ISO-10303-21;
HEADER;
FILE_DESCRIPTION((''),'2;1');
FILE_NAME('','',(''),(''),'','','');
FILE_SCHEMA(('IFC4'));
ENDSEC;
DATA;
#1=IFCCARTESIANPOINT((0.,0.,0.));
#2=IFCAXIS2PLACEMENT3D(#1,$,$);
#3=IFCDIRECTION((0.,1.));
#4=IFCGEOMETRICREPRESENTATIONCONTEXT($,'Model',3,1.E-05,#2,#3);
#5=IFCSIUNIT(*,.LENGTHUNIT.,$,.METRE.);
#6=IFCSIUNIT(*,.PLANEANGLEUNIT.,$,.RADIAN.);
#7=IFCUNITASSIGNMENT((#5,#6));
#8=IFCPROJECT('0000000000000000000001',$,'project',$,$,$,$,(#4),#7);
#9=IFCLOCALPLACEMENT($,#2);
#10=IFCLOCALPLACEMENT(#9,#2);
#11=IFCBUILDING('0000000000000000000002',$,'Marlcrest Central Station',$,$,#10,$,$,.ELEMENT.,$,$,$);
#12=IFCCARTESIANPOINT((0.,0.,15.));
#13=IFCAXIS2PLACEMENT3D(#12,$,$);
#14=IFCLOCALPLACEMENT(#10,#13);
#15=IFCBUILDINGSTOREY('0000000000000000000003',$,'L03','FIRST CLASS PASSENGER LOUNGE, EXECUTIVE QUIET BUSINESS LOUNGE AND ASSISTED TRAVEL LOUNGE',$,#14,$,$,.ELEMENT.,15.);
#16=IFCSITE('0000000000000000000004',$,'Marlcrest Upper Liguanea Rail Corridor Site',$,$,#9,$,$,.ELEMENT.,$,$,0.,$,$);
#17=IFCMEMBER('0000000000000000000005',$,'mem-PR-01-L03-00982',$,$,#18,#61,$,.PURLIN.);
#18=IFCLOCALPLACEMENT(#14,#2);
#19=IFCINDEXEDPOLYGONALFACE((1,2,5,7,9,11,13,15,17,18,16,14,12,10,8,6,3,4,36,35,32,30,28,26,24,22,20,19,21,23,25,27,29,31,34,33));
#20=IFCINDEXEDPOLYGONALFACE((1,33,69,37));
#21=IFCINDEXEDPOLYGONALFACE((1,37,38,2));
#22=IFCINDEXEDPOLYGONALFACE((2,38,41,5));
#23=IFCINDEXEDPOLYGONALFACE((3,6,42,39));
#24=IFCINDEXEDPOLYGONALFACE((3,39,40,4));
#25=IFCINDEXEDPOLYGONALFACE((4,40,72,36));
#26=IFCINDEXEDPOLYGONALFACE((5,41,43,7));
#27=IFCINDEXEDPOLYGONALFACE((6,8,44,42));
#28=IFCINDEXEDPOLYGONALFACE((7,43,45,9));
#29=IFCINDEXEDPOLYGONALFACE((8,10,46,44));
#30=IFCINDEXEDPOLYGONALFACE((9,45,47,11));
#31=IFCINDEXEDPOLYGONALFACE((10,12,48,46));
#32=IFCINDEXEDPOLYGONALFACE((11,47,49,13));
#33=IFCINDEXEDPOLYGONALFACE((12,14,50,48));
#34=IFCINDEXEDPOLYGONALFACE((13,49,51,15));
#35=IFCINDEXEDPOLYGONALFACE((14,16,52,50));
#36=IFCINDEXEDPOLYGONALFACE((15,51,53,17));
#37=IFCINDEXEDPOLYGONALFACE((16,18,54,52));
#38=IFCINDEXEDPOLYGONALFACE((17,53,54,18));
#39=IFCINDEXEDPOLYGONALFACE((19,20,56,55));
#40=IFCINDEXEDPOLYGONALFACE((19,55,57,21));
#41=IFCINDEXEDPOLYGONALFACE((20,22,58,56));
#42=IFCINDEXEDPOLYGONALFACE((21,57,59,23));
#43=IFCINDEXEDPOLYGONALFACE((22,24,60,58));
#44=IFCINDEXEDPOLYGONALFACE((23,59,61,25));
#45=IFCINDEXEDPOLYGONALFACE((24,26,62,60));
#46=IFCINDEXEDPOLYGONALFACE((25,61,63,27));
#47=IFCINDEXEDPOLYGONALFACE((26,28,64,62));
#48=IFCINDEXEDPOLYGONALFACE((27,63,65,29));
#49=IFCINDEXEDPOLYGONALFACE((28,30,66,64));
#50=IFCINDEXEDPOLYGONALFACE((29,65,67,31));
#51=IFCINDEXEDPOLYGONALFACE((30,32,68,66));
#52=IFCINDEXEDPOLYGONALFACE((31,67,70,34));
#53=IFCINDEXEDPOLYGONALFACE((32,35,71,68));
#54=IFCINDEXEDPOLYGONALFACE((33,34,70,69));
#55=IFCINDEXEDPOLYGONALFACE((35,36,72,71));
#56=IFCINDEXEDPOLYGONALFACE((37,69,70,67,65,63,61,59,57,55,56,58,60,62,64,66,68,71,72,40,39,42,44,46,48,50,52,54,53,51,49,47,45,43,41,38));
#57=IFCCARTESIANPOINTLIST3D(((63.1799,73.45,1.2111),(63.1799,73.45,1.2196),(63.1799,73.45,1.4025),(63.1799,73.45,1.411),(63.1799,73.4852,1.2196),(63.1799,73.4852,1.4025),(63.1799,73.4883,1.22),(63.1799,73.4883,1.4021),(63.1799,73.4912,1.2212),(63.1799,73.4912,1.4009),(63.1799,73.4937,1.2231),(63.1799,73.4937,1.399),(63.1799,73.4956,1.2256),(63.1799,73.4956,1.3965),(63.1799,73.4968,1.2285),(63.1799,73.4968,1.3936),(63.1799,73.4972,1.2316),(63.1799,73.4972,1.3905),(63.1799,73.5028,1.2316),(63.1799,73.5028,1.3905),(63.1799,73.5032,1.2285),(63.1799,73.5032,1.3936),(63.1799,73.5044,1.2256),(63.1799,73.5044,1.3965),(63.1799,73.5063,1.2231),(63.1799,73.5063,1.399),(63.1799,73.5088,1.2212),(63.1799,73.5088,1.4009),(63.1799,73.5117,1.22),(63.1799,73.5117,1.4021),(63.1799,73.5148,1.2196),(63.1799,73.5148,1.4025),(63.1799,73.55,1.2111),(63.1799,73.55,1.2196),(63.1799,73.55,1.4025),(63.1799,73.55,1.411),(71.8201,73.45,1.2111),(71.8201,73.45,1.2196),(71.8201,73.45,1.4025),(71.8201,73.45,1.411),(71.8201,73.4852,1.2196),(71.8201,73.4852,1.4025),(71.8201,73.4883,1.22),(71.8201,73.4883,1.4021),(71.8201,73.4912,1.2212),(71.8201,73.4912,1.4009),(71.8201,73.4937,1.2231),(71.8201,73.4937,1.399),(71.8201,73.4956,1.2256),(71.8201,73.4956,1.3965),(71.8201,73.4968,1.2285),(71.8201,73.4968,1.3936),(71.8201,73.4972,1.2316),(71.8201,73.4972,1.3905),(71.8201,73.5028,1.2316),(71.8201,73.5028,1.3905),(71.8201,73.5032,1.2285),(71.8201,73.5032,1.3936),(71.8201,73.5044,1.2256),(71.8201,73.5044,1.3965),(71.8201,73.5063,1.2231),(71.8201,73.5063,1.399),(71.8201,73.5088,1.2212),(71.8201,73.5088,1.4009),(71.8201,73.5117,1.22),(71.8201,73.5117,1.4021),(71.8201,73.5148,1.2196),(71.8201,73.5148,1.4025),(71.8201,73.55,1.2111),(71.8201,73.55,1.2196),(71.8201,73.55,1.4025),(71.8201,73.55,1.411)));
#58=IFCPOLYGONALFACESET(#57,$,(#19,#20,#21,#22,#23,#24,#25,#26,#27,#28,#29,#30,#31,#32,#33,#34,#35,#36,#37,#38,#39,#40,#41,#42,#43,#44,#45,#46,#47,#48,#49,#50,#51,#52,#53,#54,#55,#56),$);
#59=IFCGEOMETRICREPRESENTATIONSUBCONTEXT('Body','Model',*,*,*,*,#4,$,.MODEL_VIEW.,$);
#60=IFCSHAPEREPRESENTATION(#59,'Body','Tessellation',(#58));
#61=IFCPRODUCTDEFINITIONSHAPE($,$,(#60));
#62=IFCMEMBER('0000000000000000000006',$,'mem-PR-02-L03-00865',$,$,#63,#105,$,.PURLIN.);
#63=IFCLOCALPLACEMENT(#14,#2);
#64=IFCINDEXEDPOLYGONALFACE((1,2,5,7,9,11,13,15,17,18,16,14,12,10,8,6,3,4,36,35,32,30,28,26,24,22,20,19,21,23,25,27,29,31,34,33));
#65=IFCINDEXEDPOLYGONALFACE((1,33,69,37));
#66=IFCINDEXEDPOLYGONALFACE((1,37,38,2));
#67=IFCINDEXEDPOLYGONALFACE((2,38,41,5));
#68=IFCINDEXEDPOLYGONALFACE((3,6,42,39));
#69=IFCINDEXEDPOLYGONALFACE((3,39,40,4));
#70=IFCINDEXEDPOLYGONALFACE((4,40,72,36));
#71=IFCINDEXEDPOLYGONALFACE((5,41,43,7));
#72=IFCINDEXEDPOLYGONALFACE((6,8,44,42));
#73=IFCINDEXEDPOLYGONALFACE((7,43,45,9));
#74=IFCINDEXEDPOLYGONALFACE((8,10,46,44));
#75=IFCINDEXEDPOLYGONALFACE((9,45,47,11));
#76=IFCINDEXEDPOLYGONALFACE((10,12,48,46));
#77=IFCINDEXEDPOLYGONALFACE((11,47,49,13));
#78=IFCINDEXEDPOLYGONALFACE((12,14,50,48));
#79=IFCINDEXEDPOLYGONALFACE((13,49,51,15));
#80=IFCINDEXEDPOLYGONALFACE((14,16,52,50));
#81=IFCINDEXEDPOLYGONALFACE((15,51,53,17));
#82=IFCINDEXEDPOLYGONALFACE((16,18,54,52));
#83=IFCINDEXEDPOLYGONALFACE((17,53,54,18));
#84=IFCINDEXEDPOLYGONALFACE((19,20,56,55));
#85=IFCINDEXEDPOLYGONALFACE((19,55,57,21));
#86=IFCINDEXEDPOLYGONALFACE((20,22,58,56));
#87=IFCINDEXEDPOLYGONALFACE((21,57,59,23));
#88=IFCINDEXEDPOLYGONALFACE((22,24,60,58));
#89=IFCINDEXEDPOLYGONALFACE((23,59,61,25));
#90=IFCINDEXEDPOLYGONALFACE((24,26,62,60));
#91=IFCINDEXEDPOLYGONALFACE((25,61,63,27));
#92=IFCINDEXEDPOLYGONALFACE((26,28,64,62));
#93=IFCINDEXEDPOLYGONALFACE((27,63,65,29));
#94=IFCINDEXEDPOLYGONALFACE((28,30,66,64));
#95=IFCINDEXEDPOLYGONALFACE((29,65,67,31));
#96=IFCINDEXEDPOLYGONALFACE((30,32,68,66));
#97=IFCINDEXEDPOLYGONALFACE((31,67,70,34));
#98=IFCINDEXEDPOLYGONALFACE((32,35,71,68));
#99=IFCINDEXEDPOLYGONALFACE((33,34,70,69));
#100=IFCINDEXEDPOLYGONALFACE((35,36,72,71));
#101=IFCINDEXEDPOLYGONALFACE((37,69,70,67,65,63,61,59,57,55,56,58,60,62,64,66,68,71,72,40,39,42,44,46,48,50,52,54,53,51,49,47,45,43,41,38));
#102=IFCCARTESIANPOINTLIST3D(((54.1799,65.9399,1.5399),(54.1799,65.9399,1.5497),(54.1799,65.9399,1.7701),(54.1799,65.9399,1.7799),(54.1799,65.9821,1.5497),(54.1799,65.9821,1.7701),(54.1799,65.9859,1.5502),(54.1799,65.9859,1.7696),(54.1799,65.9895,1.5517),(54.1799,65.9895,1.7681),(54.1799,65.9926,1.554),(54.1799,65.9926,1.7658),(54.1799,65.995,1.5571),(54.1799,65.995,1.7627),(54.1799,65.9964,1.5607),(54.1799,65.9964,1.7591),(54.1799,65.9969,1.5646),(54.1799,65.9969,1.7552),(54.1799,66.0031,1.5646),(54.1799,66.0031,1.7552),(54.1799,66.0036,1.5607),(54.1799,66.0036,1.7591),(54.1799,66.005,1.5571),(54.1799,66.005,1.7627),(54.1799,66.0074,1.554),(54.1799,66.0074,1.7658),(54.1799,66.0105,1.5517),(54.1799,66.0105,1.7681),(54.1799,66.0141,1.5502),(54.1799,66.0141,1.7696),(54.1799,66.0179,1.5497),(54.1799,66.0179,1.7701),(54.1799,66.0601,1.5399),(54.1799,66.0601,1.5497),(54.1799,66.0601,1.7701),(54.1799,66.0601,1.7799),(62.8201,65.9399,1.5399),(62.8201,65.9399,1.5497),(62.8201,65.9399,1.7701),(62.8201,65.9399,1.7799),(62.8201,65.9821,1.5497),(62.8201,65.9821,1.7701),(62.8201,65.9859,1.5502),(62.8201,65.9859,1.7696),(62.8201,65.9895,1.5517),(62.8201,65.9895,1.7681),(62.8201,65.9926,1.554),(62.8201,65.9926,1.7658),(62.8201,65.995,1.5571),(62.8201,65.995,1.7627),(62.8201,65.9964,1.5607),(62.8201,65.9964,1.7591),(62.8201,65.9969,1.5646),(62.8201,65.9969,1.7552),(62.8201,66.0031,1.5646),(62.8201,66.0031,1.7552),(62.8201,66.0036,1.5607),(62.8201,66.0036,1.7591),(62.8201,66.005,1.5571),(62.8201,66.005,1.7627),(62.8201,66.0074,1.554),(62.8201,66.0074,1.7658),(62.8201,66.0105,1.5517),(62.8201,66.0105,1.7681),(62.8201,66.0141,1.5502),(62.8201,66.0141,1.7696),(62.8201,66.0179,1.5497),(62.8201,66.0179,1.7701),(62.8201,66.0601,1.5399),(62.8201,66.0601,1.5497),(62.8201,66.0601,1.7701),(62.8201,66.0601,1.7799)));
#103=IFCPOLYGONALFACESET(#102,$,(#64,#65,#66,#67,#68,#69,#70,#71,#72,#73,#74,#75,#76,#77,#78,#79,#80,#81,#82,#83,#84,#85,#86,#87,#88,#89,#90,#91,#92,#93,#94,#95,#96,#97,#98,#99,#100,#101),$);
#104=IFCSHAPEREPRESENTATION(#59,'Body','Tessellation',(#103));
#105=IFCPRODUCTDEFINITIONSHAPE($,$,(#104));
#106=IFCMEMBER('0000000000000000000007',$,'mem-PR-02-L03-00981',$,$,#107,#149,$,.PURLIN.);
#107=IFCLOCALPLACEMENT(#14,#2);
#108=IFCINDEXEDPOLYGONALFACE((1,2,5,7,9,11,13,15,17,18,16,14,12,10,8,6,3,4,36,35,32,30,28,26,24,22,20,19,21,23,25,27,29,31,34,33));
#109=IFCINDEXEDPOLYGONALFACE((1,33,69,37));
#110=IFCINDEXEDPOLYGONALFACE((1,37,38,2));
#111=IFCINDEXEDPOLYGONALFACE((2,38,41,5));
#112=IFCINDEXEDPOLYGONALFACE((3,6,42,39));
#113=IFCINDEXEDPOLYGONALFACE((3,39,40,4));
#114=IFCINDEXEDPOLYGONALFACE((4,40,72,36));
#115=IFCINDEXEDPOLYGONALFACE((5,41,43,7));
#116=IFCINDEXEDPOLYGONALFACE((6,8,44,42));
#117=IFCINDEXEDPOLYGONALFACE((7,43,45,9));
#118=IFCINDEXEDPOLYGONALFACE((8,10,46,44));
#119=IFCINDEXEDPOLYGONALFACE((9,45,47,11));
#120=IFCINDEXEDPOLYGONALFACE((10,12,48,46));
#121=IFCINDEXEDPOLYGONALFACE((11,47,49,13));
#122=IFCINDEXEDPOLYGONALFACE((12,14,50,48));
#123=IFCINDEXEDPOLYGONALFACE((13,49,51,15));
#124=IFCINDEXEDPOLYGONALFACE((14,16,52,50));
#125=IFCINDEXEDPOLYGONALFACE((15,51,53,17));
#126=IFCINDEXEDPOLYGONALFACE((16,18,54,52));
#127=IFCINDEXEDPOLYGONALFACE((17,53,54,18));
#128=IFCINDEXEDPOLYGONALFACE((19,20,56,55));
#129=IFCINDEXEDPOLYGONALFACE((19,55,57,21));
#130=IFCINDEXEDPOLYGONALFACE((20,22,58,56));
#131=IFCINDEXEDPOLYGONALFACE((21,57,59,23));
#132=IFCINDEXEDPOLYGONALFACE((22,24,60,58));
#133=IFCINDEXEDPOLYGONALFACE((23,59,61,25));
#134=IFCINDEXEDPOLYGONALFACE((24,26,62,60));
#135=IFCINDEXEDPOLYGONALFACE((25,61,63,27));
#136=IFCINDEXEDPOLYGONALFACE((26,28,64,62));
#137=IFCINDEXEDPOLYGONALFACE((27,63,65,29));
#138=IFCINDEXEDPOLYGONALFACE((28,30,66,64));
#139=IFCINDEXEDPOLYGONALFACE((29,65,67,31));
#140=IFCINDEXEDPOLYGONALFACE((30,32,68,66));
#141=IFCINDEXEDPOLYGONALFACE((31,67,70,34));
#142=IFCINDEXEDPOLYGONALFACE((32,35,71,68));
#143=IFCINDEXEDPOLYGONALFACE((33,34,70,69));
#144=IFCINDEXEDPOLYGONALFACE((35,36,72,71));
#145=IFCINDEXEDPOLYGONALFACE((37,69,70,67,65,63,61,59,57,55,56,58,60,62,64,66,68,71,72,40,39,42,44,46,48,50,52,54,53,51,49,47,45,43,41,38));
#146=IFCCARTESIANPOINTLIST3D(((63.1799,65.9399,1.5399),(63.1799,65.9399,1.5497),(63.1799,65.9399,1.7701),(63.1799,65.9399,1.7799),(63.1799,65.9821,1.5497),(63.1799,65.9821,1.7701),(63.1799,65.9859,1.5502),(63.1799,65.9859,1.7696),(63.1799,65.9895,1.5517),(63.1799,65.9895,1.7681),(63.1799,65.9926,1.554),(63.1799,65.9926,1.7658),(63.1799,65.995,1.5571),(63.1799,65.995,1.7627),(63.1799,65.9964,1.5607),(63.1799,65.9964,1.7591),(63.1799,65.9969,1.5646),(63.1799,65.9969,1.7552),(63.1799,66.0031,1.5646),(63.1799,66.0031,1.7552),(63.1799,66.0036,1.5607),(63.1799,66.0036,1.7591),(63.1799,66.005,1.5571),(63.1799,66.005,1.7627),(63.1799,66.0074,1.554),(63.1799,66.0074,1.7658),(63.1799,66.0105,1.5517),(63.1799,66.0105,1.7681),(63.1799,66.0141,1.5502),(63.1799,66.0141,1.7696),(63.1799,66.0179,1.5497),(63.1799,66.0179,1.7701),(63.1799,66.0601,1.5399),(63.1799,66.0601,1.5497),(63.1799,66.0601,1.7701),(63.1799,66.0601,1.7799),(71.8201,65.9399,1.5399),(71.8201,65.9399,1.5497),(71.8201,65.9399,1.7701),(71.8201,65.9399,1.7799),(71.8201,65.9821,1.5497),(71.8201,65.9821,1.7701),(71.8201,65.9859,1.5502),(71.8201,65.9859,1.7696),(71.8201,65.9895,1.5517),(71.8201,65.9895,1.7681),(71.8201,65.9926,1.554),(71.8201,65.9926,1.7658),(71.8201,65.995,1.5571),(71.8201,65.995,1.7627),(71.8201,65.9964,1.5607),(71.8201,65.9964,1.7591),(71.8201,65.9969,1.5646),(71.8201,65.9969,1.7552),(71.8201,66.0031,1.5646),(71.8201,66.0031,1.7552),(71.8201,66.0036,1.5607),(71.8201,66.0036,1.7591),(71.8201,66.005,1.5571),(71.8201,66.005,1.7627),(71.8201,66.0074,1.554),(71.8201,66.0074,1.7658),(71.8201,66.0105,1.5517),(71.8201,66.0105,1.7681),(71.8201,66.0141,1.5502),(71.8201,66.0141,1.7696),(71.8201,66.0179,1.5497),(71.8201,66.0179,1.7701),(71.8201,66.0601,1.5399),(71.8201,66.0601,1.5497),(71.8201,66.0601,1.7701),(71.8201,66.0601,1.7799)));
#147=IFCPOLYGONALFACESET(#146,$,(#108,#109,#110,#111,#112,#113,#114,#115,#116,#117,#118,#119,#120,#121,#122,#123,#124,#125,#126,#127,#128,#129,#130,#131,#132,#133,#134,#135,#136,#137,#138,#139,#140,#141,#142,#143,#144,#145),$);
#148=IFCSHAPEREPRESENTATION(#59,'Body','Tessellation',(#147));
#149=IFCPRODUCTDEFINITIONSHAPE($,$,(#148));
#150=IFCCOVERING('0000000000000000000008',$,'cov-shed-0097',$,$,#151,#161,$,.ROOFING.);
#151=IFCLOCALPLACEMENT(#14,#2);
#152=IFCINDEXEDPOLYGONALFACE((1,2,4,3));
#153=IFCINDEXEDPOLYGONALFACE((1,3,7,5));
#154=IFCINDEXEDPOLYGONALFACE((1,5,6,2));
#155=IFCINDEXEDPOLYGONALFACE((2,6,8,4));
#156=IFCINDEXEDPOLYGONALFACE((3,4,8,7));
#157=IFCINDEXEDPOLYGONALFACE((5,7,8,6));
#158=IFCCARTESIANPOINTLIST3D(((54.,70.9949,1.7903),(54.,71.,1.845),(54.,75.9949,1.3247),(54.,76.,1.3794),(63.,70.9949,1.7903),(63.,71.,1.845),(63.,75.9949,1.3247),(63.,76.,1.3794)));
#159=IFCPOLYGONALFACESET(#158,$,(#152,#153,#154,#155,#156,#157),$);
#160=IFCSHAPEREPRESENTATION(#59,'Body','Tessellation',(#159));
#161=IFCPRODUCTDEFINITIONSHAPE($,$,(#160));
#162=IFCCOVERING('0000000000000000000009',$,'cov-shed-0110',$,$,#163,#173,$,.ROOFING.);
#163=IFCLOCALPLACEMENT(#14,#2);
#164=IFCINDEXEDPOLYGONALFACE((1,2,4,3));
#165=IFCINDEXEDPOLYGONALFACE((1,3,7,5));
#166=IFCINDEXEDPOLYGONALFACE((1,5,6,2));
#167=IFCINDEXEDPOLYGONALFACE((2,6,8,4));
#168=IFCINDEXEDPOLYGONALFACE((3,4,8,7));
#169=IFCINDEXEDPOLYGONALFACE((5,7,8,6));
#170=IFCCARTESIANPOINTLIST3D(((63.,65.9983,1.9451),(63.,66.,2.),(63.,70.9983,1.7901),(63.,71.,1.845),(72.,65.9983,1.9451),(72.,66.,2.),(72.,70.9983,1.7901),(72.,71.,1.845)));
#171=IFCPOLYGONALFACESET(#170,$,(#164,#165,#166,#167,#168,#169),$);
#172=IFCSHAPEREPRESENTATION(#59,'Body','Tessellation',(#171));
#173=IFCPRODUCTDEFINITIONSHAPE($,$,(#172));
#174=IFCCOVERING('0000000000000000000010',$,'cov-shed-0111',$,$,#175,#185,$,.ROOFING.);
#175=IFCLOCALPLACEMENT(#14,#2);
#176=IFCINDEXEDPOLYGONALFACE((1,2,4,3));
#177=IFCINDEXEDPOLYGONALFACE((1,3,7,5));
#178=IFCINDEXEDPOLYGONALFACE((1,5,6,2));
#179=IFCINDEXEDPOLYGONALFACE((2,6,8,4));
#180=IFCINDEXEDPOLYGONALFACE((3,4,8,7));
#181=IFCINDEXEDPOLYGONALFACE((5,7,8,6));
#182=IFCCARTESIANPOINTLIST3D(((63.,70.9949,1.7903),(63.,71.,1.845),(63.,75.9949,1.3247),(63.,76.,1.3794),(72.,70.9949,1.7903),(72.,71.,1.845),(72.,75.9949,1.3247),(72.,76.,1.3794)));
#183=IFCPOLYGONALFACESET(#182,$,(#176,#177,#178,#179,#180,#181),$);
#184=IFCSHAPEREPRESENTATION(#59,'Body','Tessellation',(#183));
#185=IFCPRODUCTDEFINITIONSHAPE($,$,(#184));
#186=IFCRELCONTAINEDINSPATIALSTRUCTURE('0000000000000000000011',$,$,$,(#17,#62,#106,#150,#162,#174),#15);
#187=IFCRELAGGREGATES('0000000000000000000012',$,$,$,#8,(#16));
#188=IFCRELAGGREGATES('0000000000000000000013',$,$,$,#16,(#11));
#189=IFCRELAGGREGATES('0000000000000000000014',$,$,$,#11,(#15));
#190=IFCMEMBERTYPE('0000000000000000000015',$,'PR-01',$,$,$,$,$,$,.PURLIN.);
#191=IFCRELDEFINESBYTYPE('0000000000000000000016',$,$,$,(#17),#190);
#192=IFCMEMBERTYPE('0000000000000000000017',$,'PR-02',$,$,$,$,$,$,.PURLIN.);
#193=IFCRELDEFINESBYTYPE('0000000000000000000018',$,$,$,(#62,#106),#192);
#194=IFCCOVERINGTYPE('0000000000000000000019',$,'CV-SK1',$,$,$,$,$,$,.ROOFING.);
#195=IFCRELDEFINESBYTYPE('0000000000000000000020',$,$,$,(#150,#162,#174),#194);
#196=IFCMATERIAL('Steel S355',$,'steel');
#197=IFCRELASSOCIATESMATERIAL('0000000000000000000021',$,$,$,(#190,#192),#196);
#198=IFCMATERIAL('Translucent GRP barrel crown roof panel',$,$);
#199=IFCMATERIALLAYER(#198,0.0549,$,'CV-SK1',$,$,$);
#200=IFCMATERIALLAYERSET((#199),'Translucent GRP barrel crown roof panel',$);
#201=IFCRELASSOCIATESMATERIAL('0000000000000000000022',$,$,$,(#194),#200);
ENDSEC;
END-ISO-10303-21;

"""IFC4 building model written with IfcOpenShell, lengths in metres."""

from ifc_helpers import new_model, si_unit, direction, frame, origin, origin_2d, place, context, subcontext, project, spatial, polyline, i_section, outline, extrude, material, layer, layer_set, material_profile, profile_set, type_object, element, save


model = new_model("IFC4")

# Units and contexts
model_context = context("Model", 3, precision=1e-05, world=origin(), true_north=direction((0.0, 1.0)))
body_context = subcontext(model_context, "Body", "Model", "MODEL_VIEW")
ifc_project = project(units=[si_unit("LENGTHUNIT", "METRE"), si_unit("PLANEANGLEUNIT", "RADIAN")], contexts=[model_context])

# Site, building, storey
site_placement = place(None, origin())
site = spatial("IfcSite", under=ifc_project, at=site_placement, Name="Marlcrest Upper Liguanea Rail Corridor Site", CompositionType="ELEMENT", RefElevation=0.0)
building_placement = place(site_placement, origin())
building = spatial("IfcBuilding", under=site, at=building_placement, Name="Marlcrest Central Station", CompositionType="ELEMENT")
storey_placement = place(building_placement, frame((0.0, 0.0, 15.0)))
storey = spatial("IfcBuildingStorey", under=building, at=storey_placement, Name="L03", Description="FIRST CLASS PASSENGER LOUNGE, EXECUTIVE QUIET BUSINESS LOUNGE AND ASSISTED TRAVEL LOUNGE", CompositionType="ELEMENT", Elevation=15.0)

# Members
ifc_material_1 = material(Name="Steel S355", Category="steel")
ifc_material_profile_1 = material_profile(ifc_material_1, i_section(OverallWidth=0.1001, OverallDepth=0.2, WebThickness=0.0056, FlangeThickness=0.0085, FilletRadius=0.012, at=origin_2d()), Name="IPE 200")
ifc_profile_set_1 = profile_set([ifc_material_profile_1], Name="Steel S355")
member_type_1 = type_object("IfcMemberType", Name="PR-01", PredefinedType="PURLIN", material=ifc_profile_set_1)
for number, where, z_axis, x_axis, name in (
    (1, (63.1799, 73.5, 1.311), (1.0, 0.0, 0.0), (0.0, 1.0, 0.0), "mem-PR-01-L03-00982"),
):
    element("IfcMember", number, at=place(storey_placement, frame(where, z_axis=z_axis, x_axis=x_axis)), inside=storey, type_object=member_type_1, Name=name, PredefinedType="PURLIN", context=body_context, shape_type="SweptSolid", body=[
        extrude(i_section(OverallWidth=0.1001, OverallDepth=0.2, WebThickness=0.0056, FlangeThickness=0.0085, FilletRadius=0.012, at=origin_2d()), origin(), (0.0, 0.0, 1.0), 8.6401),
    ])
ifc_material_profile_2 = material_profile(ifc_material_1, i_section(OverallWidth=0.1201, OverallDepth=0.24, WebThickness=0.0061, FlangeThickness=0.0098, FilletRadius=0.0149, at=origin_2d()), Name="IPE 240")
ifc_profile_set_2 = profile_set([ifc_material_profile_2], Name="Steel S355")
member_type_2 = type_object("IfcMemberType", Name="PR-02", PredefinedType="PURLIN", material=ifc_profile_set_2)
for number, where, z_axis, x_axis, name in (
    (2, (54.1799, 66.0, 1.6599), (1.0, 0.0, 0.0), (0.0, 1.0, 0.0), "mem-PR-02-L03-00865"),
    (3, (63.1799, 66.0, 1.6599), (1.0, 0.0, 0.0), (0.0, 1.0, 0.0), "mem-PR-02-L03-00981"),
):
    element("IfcMember", number, at=place(storey_placement, frame(where, z_axis=z_axis, x_axis=x_axis)), inside=storey, type_object=member_type_2, Name=name, PredefinedType="PURLIN", context=body_context, shape_type="SweptSolid", body=[
        extrude(i_section(OverallWidth=0.1201, OverallDepth=0.24, WebThickness=0.0061, FlangeThickness=0.0098, FilletRadius=0.0149, at=origin_2d()), origin(), (0.0, 0.0, 1.0), 8.6401),
    ])

# Coverings
ifc_material_2 = material(Name="Translucent GRP barrel crown roof panel")
ifc_layer = layer(ifc_material_2, 0.0549, Name="CV-SK1")
ifc_layer_set = layer_set([ifc_layer], Name="Translucent GRP barrel crown roof panel")
covering_type = type_object("IfcCoveringType", Name="CV-SK1", PredefinedType="ROOFING", material=ifc_layer_set)
covering_1_placement = place(storey_placement, frame((54.0, 71.0, 1.845), z_axis=(0.0, 0.092714, 0.995693), x_axis=(1.0, 0.0, 0.0)))
element("IfcCovering", 4, at=covering_1_placement, inside=storey, type_object=covering_type, Name="cov-shed-0097", PredefinedType="ROOFING", context=body_context, shape_type="SweptSolid", body=[
    extrude(outline(polyline([(0.0, 0.0), (9.0, 0.0), (9.0, 5.0216), (0.0, 5.0216), (0.0, 0.0)])), origin(), (0.0, 0.0, -1.0), 0.0549),
])
covering_2_placement = place(storey_placement, frame((63.0, 66.0, 2.0), z_axis=(0.0, 0.030991, 0.99952), x_axis=(1.0, 0.0, 0.0)))
element("IfcCovering", 5, at=covering_2_placement, inside=storey, type_object=covering_type, Name="cov-shed-0110", PredefinedType="ROOFING", context=body_context, shape_type="SweptSolid", body=[
    extrude(outline(polyline([(0.0, 0.0), (9.0, 0.0), (9.0, 5.0024), (0.0, 5.0024), (0.0, 0.0)])), origin(), (0.0, 0.0, -1.0), 0.0549),
])
covering_3_placement = place(storey_placement, frame((63.0, 71.0, 1.845), z_axis=(0.0, 0.092714, 0.995693), x_axis=(1.0, 0.0, 0.0)))
element("IfcCovering", 6, at=covering_3_placement, inside=storey, type_object=covering_type, Name="cov-shed-0111", PredefinedType="ROOFING", context=body_context, shape_type="SweptSolid", body=[
    extrude(outline(polyline([(0.0, 0.0), (9.0, 0.0), (9.0, 5.0216), (0.0, 5.0216), (0.0, 0.0)])), origin(), (0.0, 0.0, -1.0), 0.0549),
])

save(model, "model.ifc")
